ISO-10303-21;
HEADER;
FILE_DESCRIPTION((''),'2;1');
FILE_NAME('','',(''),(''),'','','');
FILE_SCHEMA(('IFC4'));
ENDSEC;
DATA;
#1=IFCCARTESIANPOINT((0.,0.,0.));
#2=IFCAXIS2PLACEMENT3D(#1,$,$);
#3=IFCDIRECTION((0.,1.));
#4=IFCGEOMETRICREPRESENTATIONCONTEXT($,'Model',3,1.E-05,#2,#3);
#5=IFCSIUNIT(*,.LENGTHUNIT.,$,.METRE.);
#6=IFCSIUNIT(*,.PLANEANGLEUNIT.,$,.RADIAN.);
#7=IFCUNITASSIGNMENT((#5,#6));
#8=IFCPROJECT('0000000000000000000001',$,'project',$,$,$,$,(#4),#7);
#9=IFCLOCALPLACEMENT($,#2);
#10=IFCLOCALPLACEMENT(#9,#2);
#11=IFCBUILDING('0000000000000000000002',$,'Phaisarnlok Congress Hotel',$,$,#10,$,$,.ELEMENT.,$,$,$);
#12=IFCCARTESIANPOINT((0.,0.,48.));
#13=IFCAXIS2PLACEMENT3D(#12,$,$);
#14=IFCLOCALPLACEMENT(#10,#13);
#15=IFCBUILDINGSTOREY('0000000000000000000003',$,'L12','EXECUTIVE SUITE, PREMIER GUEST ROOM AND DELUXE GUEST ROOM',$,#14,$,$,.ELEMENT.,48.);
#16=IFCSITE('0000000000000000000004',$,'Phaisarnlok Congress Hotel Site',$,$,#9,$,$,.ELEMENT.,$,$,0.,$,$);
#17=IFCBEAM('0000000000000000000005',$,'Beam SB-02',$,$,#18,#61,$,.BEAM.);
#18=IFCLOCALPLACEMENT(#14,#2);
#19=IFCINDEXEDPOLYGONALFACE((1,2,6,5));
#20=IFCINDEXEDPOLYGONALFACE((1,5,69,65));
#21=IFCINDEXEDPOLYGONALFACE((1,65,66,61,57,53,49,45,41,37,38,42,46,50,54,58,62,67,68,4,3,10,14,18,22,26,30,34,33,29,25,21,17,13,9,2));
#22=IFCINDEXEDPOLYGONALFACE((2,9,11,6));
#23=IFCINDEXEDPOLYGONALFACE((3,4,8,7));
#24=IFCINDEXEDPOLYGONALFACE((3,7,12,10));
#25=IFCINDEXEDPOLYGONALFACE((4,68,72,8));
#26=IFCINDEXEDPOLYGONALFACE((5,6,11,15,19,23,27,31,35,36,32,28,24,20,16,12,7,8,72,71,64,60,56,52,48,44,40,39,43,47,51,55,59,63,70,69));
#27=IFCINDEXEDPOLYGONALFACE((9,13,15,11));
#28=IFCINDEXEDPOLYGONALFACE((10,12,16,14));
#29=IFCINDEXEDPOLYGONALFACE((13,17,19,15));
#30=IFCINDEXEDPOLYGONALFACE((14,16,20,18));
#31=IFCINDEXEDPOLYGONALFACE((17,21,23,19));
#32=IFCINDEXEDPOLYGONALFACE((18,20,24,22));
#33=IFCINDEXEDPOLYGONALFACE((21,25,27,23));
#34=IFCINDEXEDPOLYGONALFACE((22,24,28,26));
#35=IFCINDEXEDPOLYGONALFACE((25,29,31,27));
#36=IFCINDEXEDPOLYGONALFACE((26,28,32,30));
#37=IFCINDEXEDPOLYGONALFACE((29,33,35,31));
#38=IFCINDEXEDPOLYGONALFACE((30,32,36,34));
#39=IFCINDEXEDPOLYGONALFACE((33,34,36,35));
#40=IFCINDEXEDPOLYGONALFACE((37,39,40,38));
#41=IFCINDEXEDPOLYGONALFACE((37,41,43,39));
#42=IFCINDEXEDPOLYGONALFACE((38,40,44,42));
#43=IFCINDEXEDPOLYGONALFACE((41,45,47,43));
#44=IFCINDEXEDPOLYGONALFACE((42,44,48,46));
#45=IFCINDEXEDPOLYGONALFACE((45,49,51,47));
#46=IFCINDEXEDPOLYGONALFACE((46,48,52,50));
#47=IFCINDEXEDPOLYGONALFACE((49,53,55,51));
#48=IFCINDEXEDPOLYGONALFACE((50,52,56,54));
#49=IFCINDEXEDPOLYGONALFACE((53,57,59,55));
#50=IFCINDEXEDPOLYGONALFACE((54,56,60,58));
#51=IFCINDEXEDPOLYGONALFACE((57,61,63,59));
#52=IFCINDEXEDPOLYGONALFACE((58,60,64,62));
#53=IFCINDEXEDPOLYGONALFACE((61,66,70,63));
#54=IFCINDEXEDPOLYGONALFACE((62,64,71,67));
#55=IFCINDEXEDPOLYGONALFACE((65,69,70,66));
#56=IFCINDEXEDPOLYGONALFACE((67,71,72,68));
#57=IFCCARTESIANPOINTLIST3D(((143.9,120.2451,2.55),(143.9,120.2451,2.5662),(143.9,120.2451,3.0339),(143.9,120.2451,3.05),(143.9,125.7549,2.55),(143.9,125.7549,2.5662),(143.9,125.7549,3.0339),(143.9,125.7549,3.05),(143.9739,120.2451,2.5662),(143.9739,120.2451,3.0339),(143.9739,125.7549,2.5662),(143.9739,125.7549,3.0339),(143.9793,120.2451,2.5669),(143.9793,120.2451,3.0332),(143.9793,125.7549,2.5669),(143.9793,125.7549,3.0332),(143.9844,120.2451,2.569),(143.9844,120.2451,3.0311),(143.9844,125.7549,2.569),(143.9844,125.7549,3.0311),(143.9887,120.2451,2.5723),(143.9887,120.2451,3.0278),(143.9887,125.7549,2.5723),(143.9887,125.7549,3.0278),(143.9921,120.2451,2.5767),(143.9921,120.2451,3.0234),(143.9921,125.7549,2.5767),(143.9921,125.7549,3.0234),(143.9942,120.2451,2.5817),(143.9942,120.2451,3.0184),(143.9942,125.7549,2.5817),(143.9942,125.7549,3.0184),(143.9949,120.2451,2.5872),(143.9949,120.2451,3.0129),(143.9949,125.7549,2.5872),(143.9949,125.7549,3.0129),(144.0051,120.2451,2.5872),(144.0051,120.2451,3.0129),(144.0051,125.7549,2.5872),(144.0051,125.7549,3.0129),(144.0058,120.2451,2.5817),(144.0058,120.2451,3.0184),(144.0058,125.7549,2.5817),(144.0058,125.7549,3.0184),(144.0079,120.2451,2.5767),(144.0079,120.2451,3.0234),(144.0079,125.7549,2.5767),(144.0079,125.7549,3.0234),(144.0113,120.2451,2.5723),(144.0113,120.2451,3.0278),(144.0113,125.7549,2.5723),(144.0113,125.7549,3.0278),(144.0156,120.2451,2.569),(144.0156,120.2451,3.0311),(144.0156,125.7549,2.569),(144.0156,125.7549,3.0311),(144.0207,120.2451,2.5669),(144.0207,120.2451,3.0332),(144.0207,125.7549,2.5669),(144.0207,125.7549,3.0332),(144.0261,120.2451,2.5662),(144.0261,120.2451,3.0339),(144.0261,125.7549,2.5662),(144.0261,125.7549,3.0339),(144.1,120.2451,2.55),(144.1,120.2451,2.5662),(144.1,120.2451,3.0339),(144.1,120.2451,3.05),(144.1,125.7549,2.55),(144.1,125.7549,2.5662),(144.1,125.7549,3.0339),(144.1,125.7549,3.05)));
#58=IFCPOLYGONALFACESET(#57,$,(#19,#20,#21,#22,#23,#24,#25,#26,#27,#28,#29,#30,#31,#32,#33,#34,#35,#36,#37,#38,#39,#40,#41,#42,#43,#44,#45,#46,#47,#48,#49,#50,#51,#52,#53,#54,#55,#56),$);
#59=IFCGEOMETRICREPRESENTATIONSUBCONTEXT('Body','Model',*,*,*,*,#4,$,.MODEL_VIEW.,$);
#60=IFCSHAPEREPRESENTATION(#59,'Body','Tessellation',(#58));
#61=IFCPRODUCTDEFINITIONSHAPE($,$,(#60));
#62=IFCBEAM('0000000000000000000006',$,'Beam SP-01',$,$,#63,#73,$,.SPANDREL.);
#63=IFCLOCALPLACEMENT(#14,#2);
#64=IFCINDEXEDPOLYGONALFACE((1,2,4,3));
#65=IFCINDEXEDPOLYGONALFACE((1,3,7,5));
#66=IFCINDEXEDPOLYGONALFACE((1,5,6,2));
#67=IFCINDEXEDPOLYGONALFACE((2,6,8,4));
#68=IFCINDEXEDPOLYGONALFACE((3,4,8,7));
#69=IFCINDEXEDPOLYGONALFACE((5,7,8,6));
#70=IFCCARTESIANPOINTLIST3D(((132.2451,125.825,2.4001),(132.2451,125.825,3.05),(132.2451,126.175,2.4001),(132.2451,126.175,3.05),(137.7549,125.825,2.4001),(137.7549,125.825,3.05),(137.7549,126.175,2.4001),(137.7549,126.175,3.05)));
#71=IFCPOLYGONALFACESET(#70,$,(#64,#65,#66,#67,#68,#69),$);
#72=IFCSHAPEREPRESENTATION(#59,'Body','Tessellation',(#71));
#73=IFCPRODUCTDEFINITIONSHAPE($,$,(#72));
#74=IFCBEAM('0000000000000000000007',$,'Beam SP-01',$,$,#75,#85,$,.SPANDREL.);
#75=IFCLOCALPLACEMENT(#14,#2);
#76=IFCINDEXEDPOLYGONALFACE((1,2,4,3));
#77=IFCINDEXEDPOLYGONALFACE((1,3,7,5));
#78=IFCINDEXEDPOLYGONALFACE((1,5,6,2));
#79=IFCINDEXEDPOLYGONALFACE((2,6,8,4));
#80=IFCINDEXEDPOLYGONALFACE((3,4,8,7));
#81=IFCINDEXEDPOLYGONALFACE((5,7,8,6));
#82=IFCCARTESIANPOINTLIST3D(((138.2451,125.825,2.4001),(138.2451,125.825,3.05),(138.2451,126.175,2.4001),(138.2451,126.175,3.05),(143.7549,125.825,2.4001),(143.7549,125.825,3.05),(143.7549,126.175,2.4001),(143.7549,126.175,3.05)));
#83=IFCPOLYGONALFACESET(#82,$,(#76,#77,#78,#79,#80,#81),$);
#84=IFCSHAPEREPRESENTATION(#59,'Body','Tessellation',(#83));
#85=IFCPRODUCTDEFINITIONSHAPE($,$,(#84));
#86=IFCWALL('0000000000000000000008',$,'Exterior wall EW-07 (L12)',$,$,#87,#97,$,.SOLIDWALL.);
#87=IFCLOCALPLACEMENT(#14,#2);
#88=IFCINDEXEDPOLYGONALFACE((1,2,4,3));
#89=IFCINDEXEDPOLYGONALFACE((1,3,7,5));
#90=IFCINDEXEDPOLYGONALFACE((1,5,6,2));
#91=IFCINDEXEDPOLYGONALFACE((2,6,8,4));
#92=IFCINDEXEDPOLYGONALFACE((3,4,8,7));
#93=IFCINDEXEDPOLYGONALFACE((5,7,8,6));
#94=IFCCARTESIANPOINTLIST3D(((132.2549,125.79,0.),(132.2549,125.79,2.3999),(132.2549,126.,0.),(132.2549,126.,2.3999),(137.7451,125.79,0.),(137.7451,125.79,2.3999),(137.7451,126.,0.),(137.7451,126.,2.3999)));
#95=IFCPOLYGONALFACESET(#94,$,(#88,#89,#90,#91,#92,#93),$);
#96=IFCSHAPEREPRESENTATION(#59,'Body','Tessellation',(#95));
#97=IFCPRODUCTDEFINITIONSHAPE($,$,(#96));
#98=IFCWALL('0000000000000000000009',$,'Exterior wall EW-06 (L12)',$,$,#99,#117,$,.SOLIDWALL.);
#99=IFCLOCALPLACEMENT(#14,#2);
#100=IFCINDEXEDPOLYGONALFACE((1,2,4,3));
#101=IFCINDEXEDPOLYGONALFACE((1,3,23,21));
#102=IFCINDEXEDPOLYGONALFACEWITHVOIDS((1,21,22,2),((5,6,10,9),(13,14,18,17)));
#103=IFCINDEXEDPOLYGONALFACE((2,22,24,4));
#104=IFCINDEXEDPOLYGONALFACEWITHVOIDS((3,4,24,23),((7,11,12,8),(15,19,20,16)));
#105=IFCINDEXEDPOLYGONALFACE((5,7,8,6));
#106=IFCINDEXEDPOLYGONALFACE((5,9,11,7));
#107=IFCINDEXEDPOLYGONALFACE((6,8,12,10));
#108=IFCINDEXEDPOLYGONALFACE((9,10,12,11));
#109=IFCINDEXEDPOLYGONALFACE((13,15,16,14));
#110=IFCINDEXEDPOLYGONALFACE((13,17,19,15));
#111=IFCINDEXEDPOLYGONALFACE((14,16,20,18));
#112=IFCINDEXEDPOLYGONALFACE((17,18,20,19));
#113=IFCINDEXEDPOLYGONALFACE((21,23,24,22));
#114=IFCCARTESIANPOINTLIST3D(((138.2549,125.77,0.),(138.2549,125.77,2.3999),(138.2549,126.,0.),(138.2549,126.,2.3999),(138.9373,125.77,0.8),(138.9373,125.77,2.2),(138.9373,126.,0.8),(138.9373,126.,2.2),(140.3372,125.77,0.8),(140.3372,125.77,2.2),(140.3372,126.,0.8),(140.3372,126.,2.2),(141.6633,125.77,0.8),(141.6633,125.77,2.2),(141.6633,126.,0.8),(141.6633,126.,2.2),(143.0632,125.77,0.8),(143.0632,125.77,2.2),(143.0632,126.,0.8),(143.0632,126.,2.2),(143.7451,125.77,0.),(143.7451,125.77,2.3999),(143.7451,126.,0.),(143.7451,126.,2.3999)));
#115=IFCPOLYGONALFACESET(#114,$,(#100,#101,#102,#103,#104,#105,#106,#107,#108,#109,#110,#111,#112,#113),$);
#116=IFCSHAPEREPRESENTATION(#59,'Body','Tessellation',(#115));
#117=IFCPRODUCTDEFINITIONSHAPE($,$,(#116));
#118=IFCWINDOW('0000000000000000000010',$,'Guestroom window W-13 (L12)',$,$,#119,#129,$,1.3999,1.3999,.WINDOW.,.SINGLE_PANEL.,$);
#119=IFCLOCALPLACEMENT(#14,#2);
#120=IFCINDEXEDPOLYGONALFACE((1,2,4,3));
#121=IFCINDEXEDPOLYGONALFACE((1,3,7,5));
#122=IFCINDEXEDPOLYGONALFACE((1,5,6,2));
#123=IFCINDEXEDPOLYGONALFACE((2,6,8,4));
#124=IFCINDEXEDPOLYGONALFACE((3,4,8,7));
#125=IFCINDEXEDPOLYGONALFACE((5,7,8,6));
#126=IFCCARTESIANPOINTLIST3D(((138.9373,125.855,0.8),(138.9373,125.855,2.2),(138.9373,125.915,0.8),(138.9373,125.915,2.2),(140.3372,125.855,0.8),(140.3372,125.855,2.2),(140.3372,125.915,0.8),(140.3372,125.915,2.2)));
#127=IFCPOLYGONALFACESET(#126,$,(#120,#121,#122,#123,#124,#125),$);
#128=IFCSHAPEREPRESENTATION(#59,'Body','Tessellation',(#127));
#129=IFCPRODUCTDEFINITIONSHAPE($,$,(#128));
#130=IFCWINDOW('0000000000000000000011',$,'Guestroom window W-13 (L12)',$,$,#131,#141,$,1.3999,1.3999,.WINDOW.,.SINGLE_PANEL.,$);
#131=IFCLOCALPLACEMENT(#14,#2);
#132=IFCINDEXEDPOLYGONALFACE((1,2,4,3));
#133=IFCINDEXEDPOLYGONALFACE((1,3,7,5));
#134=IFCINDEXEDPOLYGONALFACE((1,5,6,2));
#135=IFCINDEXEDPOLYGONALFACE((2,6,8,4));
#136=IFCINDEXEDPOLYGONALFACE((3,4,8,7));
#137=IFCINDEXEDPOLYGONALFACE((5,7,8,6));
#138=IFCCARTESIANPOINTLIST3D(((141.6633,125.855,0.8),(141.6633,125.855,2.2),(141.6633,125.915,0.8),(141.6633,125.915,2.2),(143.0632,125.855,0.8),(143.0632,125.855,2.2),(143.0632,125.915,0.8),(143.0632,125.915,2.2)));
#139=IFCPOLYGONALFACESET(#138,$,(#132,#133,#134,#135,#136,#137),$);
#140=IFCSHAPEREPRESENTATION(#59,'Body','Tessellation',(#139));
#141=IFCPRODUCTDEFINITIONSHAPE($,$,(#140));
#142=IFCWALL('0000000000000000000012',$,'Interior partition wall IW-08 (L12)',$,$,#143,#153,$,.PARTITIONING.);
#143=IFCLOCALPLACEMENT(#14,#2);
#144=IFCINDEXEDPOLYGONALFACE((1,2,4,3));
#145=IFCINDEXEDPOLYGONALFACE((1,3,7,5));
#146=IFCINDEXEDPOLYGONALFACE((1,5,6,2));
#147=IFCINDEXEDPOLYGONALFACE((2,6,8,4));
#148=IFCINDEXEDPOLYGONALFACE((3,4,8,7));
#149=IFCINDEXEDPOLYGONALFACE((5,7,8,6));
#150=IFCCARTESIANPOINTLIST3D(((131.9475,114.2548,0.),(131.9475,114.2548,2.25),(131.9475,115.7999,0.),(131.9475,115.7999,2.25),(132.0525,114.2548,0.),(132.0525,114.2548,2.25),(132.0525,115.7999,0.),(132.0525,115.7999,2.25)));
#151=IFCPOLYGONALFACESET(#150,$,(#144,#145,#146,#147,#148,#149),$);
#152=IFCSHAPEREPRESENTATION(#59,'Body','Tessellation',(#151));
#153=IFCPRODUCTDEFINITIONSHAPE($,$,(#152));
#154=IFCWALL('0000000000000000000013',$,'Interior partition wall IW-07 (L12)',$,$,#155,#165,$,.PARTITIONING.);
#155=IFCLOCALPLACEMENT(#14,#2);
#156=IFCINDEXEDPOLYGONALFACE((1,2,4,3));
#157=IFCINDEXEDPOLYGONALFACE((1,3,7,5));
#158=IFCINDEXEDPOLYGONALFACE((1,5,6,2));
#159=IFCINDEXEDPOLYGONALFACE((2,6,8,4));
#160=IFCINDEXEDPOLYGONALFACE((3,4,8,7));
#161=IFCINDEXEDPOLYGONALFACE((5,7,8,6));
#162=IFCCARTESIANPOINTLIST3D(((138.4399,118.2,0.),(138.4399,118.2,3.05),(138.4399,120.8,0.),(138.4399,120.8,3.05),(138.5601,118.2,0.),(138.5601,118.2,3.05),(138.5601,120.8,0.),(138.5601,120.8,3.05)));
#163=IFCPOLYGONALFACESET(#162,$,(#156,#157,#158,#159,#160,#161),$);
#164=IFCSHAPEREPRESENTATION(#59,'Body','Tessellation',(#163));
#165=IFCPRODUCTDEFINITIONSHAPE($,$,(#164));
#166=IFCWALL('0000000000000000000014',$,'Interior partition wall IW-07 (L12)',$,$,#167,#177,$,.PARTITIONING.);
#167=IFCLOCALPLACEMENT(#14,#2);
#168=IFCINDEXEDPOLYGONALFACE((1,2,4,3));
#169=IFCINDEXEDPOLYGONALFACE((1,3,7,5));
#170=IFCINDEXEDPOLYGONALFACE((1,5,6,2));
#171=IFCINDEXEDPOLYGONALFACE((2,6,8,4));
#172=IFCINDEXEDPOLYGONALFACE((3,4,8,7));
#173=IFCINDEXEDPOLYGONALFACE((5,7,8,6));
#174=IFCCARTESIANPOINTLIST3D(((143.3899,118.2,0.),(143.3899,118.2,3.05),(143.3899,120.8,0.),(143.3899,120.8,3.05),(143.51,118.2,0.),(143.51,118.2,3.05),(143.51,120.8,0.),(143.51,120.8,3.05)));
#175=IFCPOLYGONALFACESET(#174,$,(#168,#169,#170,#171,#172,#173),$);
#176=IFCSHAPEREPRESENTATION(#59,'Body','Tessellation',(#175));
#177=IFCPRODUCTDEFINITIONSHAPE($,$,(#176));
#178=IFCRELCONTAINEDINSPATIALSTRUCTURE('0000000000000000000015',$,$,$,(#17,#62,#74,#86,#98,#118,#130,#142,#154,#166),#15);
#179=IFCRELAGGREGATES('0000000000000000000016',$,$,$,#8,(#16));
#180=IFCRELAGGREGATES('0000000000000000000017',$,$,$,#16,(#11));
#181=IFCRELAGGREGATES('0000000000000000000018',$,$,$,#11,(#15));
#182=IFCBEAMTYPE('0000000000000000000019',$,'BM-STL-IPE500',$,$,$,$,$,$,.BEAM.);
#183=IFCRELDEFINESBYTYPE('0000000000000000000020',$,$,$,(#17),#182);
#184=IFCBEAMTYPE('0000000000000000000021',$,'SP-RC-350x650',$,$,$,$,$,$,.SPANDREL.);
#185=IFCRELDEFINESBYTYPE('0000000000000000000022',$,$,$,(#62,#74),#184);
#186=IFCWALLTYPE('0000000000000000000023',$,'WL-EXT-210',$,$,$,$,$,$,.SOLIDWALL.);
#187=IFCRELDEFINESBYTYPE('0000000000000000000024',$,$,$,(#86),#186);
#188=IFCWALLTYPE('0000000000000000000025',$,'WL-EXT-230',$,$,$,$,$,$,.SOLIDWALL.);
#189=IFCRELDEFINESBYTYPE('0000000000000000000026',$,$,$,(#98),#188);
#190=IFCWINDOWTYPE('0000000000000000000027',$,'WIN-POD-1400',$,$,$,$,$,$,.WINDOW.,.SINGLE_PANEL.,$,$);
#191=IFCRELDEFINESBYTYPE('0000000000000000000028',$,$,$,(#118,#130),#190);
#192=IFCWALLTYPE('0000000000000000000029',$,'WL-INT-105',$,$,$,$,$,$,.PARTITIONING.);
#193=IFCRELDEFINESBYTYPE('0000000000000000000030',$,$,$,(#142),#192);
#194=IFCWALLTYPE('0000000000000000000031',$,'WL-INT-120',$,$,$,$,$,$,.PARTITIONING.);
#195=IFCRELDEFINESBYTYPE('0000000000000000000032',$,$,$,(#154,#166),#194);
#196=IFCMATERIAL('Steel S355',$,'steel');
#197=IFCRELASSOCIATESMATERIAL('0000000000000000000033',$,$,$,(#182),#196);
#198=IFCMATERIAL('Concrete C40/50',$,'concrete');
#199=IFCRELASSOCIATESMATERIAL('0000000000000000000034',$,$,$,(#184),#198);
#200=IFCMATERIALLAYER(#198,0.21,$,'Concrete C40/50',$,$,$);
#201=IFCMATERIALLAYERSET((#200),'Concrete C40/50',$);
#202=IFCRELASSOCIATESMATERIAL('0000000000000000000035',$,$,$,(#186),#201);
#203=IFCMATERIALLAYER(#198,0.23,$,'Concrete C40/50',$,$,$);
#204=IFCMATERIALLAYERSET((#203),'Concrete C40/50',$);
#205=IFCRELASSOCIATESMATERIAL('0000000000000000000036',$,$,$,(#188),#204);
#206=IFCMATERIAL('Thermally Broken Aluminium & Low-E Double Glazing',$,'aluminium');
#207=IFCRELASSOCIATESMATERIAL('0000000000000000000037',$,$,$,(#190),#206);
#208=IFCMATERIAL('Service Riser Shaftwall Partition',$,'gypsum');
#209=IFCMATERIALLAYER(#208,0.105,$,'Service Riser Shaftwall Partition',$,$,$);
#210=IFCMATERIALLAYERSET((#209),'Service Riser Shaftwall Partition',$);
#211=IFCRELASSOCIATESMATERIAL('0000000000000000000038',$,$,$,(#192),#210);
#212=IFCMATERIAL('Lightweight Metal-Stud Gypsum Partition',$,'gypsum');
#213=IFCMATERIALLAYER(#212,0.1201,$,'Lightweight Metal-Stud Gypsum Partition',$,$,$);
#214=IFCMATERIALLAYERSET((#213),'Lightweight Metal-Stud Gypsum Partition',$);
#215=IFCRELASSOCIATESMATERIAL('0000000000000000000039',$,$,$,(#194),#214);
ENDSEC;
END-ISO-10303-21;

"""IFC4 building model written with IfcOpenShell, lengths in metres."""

from ifc_helpers import new_model, si_unit, direction, frame, frame_2d, origin, origin_2d, place, context, subcontext, project, spatial, rectangle, i_section, extrude, material, layer, layer_set, material_profile, profile_set, type_object, element, fill, save


model = new_model("IFC4")

# Units and contexts
model_context = context("Model", 3, precision=1e-05, world=origin(), true_north=direction((0.0, 1.0)))
body_context = subcontext(model_context, "Body", "Model", "MODEL_VIEW")
ifc_project = project(units=[si_unit("LENGTHUNIT", "METRE"), si_unit("PLANEANGLEUNIT", "RADIAN")], contexts=[model_context])

# Site, building, storey
site_placement = place(None, origin())
site = spatial("IfcSite", under=ifc_project, at=site_placement, Name="Phaisarnlok Congress Hotel Site", CompositionType="ELEMENT", RefElevation=0.0)
building_placement = place(site_placement, origin())
building = spatial("IfcBuilding", under=site, at=building_placement, Name="Phaisarnlok Congress Hotel", CompositionType="ELEMENT")
storey_placement = place(building_placement, frame((0.0, 0.0, 48.0)))
storey = spatial("IfcBuildingStorey", under=building, at=storey_placement, Name="L12", Description="EXECUTIVE SUITE, PREMIER GUEST ROOM AND DELUXE GUEST ROOM", CompositionType="ELEMENT", Elevation=48.0)

# Beams
ifc_material_1 = material(Name="Concrete C40/50", Category="concrete")
ifc_material_2 = material(Name="Steel S355", Category="steel")
ifc_material_profile_1 = material_profile(ifc_material_2, i_section(OverallWidth=0.2, OverallDepth=0.5, WebThickness=0.0103, FlangeThickness=0.0161, FilletRadius=0.021, at=origin_2d()), Name="IPE 500")
ifc_profile_set_1 = profile_set([ifc_material_profile_1], Name="Steel S355")
beam_type_1 = type_object("IfcBeamType", Name="BM-STL-IPE500", PredefinedType="BEAM", material=ifc_profile_set_1)
for number, where, z_axis, x_axis, name in (
    (1, (144.0, 120.2451, 2.8), (0.0, 1.0, 0.0), (-1.0, 0.0, 0.0), "Beam SB-02"),
):
    element("IfcBeam", number, at=place(storey_placement, frame(where, z_axis=z_axis, x_axis=x_axis)), inside=storey, type_object=beam_type_1, Name=name, PredefinedType="BEAM", context=body_context, shape_type="SweptSolid", body=[
        extrude(i_section(OverallWidth=0.2, OverallDepth=0.5, WebThickness=0.0103, FlangeThickness=0.0161, FilletRadius=0.021, at=origin_2d()), origin(), (0.0, 0.0, 1.0), 5.5098),
    ])
ifc_material_profile_2 = material_profile(ifc_material_1, rectangle(XDim=0.3501, YDim=0.6499, at=origin_2d()), Name="RC 350x650")
ifc_profile_set_2 = profile_set([ifc_material_profile_2], Name="Concrete C40/50")
beam_type_2 = type_object("IfcBeamType", Name="SP-RC-350x650", PredefinedType="SPANDREL", material=ifc_profile_set_2)
for number, where, z_axis, x_axis, name in (
    (2, (132.2451, 126.0, 2.7251), (1.0, 0.0, 0.0), (0.0, 1.0, 0.0), "Beam SP-01"),
    (3, (138.2451, 126.0, 2.7251), (1.0, 0.0, 0.0), (0.0, 1.0, 0.0), "Beam SP-01"),
):
    element("IfcBeam", number, at=place(storey_placement, frame(where, z_axis=z_axis, x_axis=x_axis)), inside=storey, type_object=beam_type_2, Name=name, PredefinedType="SPANDREL", context=body_context, shape_type="SweptSolid", body=[
        extrude(rectangle(XDim=0.3501, YDim=0.6499, at=origin_2d()), origin(), (0.0, 0.0, 1.0), 5.5098),
    ])

# Wall
ifc_layer_1 = layer(ifc_material_1, 0.21, Name="Concrete C40/50")
ifc_layer_set_1 = layer_set([ifc_layer_1], Name="Concrete C40/50")
wall_type_1 = type_object("IfcWallType", Name="WL-EXT-210", PredefinedType="SOLIDWALL", material=ifc_layer_set_1)
wall_1_placement = place(storey_placement, frame((137.7451, 125.895, 0.0), z_axis=(0.0, 0.0, 1.0), x_axis=(-1.0, 0.0, 0.0)))
element("IfcWall", 4, at=wall_1_placement, inside=storey, type_object=wall_type_1, Name="Exterior wall EW-07 (L12)", PredefinedType="SOLIDWALL", context=body_context, shape_type="SweptSolid", body=[
    extrude(rectangle(XDim=5.4902, YDim=0.21, at=frame_2d((2.7451, 0.0))), origin(), (0.0, 0.0, 1.0), 2.3999),
])

# Wall, openings, windows
ifc_layer_2 = layer(ifc_material_1, 0.23, Name="Concrete C40/50")
ifc_layer_set_2 = layer_set([ifc_layer_2], Name="Concrete C40/50")
wall_type_2 = type_object("IfcWallType", Name="WL-EXT-230", PredefinedType="SOLIDWALL", material=ifc_layer_set_2)
wall_2_placement = place(storey_placement, frame((143.7451, 125.885, 0.0), z_axis=(0.0, 0.0, 1.0), x_axis=(-1.0, 0.0, 0.0)))
wall_2 = element("IfcWall", 5, at=wall_2_placement, inside=storey, type_object=wall_type_2, Name="Exterior wall EW-06 (L12)", PredefinedType="SOLIDWALL", context=body_context, shape_type="SweptSolid", body=[
    extrude(rectangle(XDim=5.4902, YDim=0.23, at=frame_2d((2.7451, 0.0))), origin(), (0.0, 0.0, 1.0), 2.3999),
])
opening_1_placement = place(wall_2_placement, frame((3.408, 0.0, 0.8)))
opening_1 = element("IfcOpeningElement", 6, at=opening_1_placement, cuts=wall_2, PredefinedType="OPENING", context=body_context, shape_type="SweptSolid", body=[
    extrude(rectangle(XDim=1.3999, YDim=1.3999, at=frame_2d((0.7, 0.7))), frame((0.0, 0.125, 0.0), z_axis=(0.0, -1.0, 0.0), x_axis=(1.0, 0.0, 0.0)), (0.0, 0.0, 1.0), 0.25),
])
opening_2_placement = place(wall_2_placement, frame((0.6819, 0.0, 0.8)))
opening_2 = element("IfcOpeningElement", 7, at=opening_2_placement, cuts=wall_2, PredefinedType="OPENING", context=body_context, shape_type="SweptSolid", body=[
    extrude(rectangle(XDim=1.3999, YDim=1.3999, at=frame_2d((0.7, 0.7))), frame((0.0, 0.125, 0.0), z_axis=(0.0, -1.0, 0.0), x_axis=(1.0, 0.0, 0.0)), (0.0, 0.0, 1.0), 0.25),
])
ifc_material_3 = material(Name="Thermally Broken Aluminium & Low-E Double Glazing", Category="aluminium")
window_type = type_object("IfcWindowType", Name="WIN-POD-1400", PartitioningType="SINGLE_PANEL", PredefinedType="WINDOW", material=ifc_material_3)
window_1_placement = place(opening_1_placement, origin())
window_1 = element("IfcWindow", 8, at=window_1_placement, inside=storey, type_object=window_type, Name="Guestroom window W-13 (L12)", OverallHeight=1.3999, OverallWidth=1.3999, PartitioningType="SINGLE_PANEL", PredefinedType="WINDOW", context=body_context, shape_type="SweptSolid", body=[
    extrude(rectangle(XDim=1.3999, YDim=1.3999, at=frame_2d((0.7, 0.7))), frame((0.0, 0.03, 0.0), z_axis=(0.0, -1.0, 0.0), x_axis=(1.0, 0.0, 0.0)), (0.0, 0.0, 1.0), 0.0601),
])
fill(opening_1, window_1)
window_2_placement = place(opening_2_placement, origin())
window_2 = element("IfcWindow", 9, at=window_2_placement, inside=storey, type_object=window_type, Name="Guestroom window W-13 (L12)", OverallHeight=1.3999, OverallWidth=1.3999, PartitioningType="SINGLE_PANEL", PredefinedType="WINDOW", context=body_context, shape_type="SweptSolid", body=[
    extrude(rectangle(XDim=1.3999, YDim=1.3999, at=frame_2d((0.7, 0.7))), frame((0.0, 0.03, 0.0), z_axis=(0.0, -1.0, 0.0), x_axis=(1.0, 0.0, 0.0)), (0.0, 0.0, 1.0), 0.0601),
])
fill(opening_2, window_2)

# Walls
ifc_material_4 = material(Name="Service Riser Shaftwall Partition", Category="gypsum")
ifc_layer_3 = layer(ifc_material_4, 0.105, Name="Service Riser Shaftwall Partition")
ifc_layer_set_3 = layer_set([ifc_layer_3], Name="Service Riser Shaftwall Partition")
wall_type_3 = type_object("IfcWallType", Name="WL-INT-105", PredefinedType="PARTITIONING", material=ifc_layer_set_3)
wall_3_placement = place(storey_placement, frame((132.0, 114.2549, 0.0), z_axis=(0.0, 0.0, 1.0), x_axis=(0.0, 1.0, 0.0)))
element("IfcWall", 10, at=wall_3_placement, inside=storey, type_object=wall_type_3, Name="Interior partition wall IW-08 (L12)", PredefinedType="PARTITIONING", context=body_context, shape_type="SweptSolid", body=[
    extrude(rectangle(XDim=1.5452, YDim=0.105, at=frame_2d((0.7725, 0.0))), origin(), (0.0, 0.0, 1.0), 2.25),
])
ifc_material_5 = material(Name="Lightweight Metal-Stud Gypsum Partition", Category="gypsum")
ifc_layer_4 = layer(ifc_material_5, 0.1201, Name="Lightweight Metal-Stud Gypsum Partition")
ifc_layer_set_4 = layer_set([ifc_layer_4], Name="Lightweight Metal-Stud Gypsum Partition")
wall_type_4 = type_object("IfcWallType", Name="WL-INT-120", PredefinedType="PARTITIONING", material=ifc_layer_set_4)
for number, where, z_axis, x_axis, name in (
    (11, (138.5, 118.2, 0.0), (0.0, 0.0, 1.0), (0.0, 1.0, 0.0), "Interior partition wall IW-07 (L12)"),
    (12, (143.45, 118.2, 0.0), (0.0, 0.0, 1.0), (0.0, 1.0, 0.0), "Interior partition wall IW-07 (L12)"),
):
    element("IfcWall", number, at=place(storey_placement, frame(where, z_axis=z_axis, x_axis=x_axis)), inside=storey, type_object=wall_type_4, Name=name, PredefinedType="PARTITIONING", context=body_context, shape_type="SweptSolid", body=[
        extrude(rectangle(XDim=2.6001, YDim=0.1201, at=frame_2d((1.3, 0.0))), origin(), (0.0, 0.0, 1.0), 3.05),
    ])

save(model, "model.ifc")
